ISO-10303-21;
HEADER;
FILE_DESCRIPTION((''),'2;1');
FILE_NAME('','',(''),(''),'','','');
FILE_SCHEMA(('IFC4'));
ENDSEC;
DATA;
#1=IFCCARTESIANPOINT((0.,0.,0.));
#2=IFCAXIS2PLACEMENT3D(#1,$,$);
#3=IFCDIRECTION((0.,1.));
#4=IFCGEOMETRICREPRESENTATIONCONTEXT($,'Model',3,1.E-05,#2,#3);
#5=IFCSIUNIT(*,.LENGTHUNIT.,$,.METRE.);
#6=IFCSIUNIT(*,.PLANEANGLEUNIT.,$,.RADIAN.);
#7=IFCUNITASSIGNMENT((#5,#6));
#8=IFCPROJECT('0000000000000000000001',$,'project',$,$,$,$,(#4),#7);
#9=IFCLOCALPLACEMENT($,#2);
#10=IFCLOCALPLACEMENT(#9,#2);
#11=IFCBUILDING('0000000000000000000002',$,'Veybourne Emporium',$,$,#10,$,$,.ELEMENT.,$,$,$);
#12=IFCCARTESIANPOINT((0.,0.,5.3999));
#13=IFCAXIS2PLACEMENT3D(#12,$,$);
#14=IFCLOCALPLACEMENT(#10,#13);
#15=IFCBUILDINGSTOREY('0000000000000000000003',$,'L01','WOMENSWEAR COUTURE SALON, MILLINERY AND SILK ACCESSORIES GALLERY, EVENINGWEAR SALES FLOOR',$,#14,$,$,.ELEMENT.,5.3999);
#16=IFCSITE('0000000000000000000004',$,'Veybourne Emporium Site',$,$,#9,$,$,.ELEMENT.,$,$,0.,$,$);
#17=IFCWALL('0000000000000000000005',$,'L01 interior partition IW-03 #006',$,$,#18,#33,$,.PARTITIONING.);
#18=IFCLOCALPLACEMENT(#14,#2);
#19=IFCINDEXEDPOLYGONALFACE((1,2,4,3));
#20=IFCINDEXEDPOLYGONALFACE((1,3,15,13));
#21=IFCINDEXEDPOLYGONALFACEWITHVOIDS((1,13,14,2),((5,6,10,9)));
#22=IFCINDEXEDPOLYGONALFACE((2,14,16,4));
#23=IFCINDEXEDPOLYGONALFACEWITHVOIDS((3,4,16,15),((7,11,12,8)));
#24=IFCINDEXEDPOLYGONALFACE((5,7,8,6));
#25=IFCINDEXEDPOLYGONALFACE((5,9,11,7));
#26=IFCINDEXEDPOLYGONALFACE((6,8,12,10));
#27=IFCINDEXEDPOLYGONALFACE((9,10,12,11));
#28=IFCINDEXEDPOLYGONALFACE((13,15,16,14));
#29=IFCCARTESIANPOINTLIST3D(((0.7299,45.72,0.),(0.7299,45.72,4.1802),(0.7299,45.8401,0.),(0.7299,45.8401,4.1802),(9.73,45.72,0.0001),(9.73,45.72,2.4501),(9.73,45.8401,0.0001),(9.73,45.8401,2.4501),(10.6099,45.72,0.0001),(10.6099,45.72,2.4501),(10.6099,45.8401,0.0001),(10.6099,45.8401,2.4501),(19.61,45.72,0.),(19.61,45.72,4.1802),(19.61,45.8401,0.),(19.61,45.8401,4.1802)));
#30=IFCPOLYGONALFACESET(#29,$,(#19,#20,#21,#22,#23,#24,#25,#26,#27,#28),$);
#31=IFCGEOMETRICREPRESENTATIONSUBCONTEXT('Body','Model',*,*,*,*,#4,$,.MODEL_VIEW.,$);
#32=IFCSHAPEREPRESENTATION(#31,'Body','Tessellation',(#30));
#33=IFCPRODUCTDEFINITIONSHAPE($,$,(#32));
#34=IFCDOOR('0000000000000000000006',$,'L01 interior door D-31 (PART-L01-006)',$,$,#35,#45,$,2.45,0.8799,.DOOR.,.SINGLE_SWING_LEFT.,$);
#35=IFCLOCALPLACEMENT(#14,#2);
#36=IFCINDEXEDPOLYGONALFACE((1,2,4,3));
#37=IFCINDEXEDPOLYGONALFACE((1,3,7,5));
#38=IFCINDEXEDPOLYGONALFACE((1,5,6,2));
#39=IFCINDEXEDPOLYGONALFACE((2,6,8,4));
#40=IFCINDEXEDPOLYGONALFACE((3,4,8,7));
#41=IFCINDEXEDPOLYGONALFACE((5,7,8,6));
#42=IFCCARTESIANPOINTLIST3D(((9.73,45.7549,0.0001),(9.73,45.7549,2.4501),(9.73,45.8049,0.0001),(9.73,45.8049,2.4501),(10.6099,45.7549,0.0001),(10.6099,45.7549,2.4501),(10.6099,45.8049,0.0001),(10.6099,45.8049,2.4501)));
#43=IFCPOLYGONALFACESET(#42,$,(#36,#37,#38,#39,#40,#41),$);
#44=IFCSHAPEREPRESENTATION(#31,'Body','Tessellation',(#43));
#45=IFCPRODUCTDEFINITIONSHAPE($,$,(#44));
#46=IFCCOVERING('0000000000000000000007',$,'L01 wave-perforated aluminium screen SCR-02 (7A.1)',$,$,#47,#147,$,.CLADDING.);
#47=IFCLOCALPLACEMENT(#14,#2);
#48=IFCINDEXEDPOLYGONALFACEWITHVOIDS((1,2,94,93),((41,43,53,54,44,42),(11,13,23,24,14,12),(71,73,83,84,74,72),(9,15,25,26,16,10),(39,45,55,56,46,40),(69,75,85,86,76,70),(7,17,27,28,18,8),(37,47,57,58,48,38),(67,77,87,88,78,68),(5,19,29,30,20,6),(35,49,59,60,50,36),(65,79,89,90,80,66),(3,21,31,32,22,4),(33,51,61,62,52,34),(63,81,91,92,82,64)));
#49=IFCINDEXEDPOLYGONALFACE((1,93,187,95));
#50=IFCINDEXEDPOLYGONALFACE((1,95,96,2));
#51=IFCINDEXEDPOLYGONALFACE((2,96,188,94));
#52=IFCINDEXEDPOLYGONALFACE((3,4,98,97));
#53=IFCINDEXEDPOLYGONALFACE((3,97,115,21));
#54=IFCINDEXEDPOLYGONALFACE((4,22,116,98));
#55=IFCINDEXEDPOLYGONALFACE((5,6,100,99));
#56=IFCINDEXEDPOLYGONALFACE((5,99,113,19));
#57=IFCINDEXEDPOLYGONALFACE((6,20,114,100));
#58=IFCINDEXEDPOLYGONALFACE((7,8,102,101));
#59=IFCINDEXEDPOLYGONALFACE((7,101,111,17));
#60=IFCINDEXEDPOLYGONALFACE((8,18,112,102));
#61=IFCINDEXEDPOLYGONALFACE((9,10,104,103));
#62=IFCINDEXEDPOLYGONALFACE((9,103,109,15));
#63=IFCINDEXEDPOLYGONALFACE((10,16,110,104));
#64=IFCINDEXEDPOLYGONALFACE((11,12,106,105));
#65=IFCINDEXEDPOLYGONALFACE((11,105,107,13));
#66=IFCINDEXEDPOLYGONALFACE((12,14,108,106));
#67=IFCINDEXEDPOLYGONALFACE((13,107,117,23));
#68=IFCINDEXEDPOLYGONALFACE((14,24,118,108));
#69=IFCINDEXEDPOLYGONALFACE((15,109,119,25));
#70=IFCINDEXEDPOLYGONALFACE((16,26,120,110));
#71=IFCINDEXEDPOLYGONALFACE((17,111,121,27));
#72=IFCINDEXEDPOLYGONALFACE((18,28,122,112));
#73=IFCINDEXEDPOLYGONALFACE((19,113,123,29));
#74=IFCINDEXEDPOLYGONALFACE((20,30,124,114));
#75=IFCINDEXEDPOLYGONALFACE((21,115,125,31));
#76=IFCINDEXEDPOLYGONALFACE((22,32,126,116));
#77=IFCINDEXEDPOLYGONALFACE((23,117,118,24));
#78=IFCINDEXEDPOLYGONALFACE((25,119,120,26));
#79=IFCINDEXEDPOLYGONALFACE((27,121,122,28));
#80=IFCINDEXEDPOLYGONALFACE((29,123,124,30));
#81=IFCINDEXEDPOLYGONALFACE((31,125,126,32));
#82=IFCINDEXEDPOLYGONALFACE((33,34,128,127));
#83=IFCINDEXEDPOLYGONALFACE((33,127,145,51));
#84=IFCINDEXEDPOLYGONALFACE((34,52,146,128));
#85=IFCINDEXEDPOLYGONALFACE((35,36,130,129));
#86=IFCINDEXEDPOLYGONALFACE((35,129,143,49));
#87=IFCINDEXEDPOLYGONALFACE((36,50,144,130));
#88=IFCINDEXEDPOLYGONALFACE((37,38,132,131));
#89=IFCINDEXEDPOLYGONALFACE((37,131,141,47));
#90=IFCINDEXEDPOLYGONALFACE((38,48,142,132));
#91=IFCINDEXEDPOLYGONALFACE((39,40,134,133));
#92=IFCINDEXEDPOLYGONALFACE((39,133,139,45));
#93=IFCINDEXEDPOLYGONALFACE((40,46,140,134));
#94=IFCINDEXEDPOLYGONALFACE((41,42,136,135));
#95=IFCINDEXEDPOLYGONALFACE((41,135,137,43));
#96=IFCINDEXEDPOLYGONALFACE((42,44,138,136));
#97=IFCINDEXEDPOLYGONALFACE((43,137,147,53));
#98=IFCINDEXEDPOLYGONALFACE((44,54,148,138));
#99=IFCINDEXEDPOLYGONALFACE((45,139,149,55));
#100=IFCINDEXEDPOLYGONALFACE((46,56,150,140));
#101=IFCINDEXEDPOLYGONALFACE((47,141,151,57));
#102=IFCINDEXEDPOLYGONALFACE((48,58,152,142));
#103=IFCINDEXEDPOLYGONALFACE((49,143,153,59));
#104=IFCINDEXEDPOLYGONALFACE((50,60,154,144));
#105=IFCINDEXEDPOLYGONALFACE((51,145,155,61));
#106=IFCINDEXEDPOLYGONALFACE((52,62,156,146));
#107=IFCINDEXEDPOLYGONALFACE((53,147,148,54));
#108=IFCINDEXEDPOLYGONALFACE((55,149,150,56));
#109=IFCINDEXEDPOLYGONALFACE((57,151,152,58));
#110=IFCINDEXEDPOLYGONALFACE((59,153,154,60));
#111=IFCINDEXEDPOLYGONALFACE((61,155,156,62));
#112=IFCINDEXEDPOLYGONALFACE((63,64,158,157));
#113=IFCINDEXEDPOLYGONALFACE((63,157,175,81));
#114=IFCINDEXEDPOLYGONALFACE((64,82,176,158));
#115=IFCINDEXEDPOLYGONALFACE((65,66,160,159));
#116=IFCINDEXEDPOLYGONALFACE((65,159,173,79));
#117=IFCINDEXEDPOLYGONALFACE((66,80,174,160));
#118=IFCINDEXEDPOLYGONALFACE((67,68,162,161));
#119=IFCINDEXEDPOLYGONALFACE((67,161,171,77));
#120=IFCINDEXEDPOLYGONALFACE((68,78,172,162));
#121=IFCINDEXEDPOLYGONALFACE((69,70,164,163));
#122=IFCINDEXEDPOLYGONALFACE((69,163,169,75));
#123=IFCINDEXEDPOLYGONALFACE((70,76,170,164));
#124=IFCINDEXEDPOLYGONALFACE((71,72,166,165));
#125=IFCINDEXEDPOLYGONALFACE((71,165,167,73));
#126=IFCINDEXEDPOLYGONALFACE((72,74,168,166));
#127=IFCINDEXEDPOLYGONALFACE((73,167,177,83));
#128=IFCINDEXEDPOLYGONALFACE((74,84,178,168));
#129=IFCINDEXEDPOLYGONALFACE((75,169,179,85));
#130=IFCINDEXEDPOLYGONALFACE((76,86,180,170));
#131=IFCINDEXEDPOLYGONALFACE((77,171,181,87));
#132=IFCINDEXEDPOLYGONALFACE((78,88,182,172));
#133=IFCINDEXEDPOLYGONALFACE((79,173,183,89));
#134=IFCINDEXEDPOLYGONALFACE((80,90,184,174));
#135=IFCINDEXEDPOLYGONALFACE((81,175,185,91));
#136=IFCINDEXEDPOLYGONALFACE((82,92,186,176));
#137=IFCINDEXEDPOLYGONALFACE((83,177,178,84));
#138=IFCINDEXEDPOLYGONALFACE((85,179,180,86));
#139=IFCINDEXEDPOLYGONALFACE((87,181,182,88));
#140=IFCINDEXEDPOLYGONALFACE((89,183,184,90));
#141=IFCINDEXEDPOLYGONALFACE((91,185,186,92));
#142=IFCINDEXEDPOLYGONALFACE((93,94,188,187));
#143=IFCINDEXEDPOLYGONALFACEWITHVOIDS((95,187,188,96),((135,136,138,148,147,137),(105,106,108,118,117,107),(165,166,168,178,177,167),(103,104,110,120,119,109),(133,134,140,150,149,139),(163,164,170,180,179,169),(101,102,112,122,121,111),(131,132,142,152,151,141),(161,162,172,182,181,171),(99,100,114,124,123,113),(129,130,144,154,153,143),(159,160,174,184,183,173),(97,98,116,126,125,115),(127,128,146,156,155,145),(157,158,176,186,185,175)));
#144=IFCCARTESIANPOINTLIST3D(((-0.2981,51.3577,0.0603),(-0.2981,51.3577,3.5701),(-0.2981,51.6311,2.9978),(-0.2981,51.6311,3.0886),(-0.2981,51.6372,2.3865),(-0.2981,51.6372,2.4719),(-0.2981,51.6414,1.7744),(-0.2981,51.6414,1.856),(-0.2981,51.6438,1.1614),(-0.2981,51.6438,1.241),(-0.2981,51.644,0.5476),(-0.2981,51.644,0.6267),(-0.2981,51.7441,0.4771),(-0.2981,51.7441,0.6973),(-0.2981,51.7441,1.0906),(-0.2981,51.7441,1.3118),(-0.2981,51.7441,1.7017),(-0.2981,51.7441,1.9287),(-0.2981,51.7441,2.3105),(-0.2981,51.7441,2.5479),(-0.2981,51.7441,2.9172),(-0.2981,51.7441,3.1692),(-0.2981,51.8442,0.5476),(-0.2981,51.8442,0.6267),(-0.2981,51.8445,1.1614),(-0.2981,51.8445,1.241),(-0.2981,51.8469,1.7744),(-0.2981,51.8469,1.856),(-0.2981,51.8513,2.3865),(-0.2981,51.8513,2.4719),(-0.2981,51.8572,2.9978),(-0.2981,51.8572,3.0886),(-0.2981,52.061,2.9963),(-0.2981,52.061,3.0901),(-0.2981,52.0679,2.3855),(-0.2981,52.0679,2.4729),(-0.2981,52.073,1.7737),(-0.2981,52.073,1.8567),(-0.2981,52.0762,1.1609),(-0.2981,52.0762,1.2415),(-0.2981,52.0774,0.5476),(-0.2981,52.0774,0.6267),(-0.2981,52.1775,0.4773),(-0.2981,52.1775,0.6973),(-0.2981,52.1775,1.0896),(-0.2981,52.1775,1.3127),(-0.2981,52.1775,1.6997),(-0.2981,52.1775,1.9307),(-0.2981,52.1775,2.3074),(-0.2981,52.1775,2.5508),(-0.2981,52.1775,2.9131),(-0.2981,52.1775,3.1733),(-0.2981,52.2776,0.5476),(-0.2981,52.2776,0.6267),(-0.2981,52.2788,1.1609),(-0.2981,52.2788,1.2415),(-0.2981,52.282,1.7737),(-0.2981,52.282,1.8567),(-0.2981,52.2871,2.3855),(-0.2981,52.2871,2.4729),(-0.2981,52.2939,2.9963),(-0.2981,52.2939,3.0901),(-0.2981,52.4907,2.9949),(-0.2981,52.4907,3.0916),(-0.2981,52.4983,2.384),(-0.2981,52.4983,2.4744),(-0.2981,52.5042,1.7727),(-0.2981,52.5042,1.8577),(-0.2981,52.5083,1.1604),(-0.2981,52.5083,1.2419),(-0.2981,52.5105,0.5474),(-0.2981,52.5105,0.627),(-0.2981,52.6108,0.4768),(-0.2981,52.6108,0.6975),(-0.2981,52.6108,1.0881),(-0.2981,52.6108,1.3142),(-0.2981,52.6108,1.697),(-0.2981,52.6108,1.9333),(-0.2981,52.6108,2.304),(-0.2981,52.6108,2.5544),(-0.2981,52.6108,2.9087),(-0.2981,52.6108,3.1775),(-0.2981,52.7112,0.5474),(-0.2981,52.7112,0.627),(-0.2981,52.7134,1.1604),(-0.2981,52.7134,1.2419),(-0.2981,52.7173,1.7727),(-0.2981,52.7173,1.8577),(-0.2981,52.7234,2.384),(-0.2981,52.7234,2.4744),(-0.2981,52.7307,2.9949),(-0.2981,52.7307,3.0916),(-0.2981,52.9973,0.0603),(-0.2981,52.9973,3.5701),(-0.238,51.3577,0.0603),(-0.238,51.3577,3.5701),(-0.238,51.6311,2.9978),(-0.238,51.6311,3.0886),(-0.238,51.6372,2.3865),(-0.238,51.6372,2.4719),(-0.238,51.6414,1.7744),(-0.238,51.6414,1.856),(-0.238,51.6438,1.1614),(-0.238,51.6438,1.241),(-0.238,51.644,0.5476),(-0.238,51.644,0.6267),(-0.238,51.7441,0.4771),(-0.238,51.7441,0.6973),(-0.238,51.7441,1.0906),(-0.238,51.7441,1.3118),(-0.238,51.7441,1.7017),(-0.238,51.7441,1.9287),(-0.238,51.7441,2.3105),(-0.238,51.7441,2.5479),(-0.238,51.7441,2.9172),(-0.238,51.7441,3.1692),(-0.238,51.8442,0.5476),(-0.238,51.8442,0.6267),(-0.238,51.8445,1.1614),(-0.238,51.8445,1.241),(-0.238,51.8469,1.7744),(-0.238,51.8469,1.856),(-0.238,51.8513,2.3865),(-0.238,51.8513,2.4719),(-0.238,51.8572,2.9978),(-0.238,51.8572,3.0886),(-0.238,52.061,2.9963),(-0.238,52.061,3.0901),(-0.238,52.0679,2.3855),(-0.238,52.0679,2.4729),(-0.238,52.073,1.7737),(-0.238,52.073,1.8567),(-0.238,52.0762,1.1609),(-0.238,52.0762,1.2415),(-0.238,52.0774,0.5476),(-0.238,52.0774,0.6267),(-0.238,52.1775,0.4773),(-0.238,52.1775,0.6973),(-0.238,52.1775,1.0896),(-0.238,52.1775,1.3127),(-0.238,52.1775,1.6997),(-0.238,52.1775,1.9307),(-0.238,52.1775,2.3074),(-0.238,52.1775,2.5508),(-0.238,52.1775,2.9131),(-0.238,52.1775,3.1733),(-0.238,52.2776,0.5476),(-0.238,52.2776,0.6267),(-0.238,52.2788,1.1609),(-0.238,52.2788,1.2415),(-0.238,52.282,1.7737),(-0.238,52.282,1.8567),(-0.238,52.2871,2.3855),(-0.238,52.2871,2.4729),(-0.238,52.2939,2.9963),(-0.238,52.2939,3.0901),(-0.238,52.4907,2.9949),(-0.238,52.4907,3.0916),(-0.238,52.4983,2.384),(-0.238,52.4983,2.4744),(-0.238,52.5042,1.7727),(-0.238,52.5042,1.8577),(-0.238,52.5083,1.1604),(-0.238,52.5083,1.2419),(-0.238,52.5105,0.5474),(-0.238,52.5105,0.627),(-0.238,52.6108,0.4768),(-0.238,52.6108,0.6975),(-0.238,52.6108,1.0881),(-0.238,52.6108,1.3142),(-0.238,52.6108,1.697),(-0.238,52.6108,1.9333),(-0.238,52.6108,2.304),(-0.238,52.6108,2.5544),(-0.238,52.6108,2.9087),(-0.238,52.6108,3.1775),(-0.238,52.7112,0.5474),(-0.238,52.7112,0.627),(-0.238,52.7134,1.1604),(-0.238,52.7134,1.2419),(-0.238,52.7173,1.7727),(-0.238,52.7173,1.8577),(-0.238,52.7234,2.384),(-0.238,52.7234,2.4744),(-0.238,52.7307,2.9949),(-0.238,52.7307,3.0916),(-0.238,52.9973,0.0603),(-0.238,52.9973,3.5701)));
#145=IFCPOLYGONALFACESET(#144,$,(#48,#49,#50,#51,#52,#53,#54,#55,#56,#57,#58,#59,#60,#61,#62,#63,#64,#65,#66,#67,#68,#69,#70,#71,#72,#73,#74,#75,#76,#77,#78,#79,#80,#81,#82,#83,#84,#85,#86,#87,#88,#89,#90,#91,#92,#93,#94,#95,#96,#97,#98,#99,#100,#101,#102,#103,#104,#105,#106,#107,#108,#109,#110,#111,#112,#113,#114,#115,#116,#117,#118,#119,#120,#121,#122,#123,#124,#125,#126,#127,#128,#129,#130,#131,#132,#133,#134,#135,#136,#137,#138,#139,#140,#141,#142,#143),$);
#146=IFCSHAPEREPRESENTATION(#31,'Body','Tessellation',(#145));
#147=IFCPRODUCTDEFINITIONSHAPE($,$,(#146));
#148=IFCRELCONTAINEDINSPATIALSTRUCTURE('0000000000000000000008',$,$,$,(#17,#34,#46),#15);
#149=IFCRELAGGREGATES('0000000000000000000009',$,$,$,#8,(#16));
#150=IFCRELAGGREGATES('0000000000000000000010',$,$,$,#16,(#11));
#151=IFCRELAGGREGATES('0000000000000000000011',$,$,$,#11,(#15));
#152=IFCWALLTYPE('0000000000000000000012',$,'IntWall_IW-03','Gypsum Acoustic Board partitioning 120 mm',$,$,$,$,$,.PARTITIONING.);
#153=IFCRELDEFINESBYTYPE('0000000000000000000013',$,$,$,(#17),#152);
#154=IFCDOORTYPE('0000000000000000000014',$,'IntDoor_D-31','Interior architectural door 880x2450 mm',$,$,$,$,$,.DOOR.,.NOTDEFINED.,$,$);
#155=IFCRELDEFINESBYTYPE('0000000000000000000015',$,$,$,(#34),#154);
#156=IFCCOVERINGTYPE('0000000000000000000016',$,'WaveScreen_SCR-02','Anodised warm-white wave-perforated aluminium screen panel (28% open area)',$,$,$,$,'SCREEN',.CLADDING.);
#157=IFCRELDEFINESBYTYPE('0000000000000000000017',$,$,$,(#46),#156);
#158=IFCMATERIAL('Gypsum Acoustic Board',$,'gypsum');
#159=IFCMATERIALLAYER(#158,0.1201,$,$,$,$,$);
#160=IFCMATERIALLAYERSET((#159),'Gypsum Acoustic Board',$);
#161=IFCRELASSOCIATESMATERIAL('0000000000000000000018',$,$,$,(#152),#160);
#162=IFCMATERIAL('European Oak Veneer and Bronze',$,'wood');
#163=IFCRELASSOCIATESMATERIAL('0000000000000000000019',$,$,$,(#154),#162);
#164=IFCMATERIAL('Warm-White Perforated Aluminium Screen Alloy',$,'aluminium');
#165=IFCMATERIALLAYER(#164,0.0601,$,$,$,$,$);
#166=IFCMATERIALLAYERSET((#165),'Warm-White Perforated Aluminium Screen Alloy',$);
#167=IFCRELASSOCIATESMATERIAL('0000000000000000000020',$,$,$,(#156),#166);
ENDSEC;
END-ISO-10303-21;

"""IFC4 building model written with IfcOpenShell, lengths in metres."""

from ifc_helpers import new_model, si_unit, direction, frame, frame_2d, origin, place, context, subcontext, project, spatial, polyline, rectangle, outline, extrude, material, layer, layer_set, type_object, element, fill, save


model = new_model("IFC4")

# Units and contexts
model_context = context("Model", 3, precision=1e-05, world=origin(), true_north=direction((0.0, 1.0)))
body_context = subcontext(model_context, "Body", "Model", "MODEL_VIEW")
ifc_project = project(units=[si_unit("LENGTHUNIT", "METRE"), si_unit("PLANEANGLEUNIT", "RADIAN")], contexts=[model_context])

# Site, building, storey
site_placement = place(None, origin())
site = spatial("IfcSite", under=ifc_project, at=site_placement, Name="Veybourne Emporium Site", CompositionType="ELEMENT", RefElevation=0.0)
building_placement = place(site_placement, origin())
building = spatial("IfcBuilding", under=site, at=building_placement, Name="Veybourne Emporium", CompositionType="ELEMENT")
storey_placement = place(building_placement, frame((0.0, 0.0, 5.3999)))
storey = spatial("IfcBuildingStorey", under=building, at=storey_placement, Name="L01", Description="WOMENSWEAR COUTURE SALON, MILLINERY AND SILK ACCESSORIES GALLERY, EVENINGWEAR SALES FLOOR", CompositionType="ELEMENT", Elevation=5.3999)

# Shared definitions
ifc_material_1 = material(Name="Gypsum Acoustic Board", Category="gypsum")

# Wall, opening, door
ifc_layer_1 = layer(ifc_material_1, 0.1201)
ifc_layer_set_1 = layer_set([ifc_layer_1], Name="Gypsum Acoustic Board")
wall_type_1 = type_object("IfcWallType", Name="IntWall_IW-03", Description="Gypsum Acoustic Board partitioning 120 mm", PredefinedType="PARTITIONING", material=ifc_layer_set_1)
wall_1_placement = place(storey_placement, frame((0.73, 45.78, 0.0), z_axis=(0.0, 0.0, 1.0), x_axis=(1.0, 0.0, 0.0)))
wall_1 = element("IfcWall", 1, at=wall_1_placement, inside=storey, type_object=wall_type_1, Name="L01 interior partition IW-03 #006", PredefinedType="PARTITIONING", context=body_context, shape_type="SweptSolid", body=[
    extrude(rectangle(XDim=18.8801, YDim=0.1201, at=frame_2d((9.4399, 0.0))), origin(), (0.0, 0.0, 1.0), 4.1802),
])
opening_1_placement = place(wall_1_placement, frame((9.0, 0.0, 0.0)))
opening_1 = element("IfcOpeningElement", 2, at=opening_1_placement, cuts=wall_1, PredefinedType="OPENING", context=body_context, shape_type="SweptSolid", body=[
    extrude(rectangle(XDim=0.8799, YDim=2.45, at=frame_2d((0.4399, 1.2251))), frame((0.0, 0.0801, 0.0), z_axis=(0.0, -1.0, 0.0), x_axis=(1.0, 0.0, 0.0)), (0.0, 0.0, 1.0), 0.1602),
])
ifc_material_2 = material(Name="European Oak Veneer and Bronze", Category="wood")
door_type = type_object("IfcDoorType", Name="IntDoor_D-31", Description="Interior architectural door 880x2450 mm", OperationType="NOTDEFINED", PredefinedType="DOOR", material=ifc_material_2)
door_placement = place(opening_1_placement, origin())
door = element("IfcDoor", 3, at=door_placement, inside=storey, type_object=door_type, Name="L01 interior door D-31 (PART-L01-006)", OperationType="SINGLE_SWING_LEFT", OverallHeight=2.45, OverallWidth=0.8799, PredefinedType="DOOR", context=body_context, shape_type="SweptSolid", body=[
    extrude(rectangle(XDim=0.8799, YDim=2.45, at=frame_2d((0.4399, 1.2251))), frame((0.0, 0.0249, 0.0), z_axis=(0.0, -1.0, 0.0), x_axis=(1.0, 0.0, 0.0)), (0.0, 0.0, 1.0), 0.05),
])
fill(opening_1, door)

# Covering
ifc_material_3 = material(Name="Warm-White Perforated Aluminium Screen Alloy", Category="aluminium")
ifc_layer_2 = layer(ifc_material_3, 0.0601)
ifc_layer_set_2 = layer_set([ifc_layer_2], Name="Warm-White Perforated Aluminium Screen Alloy")
covering_type_1 = type_object("IfcCoveringType", Name="WaveScreen_SCR-02", Description="Anodised warm-white wave-perforated aluminium screen panel (28% open area)", ElementType="SCREEN", PredefinedType="CLADDING", material=ifc_layer_set_2)
covering_1_placement = place(storey_placement, frame((-0.2981, 52.1775, 1.8152), z_axis=(1.0, 0.0, 0.0), x_axis=(0.0, 1.0, 0.0)))
element("IfcCovering", 4, at=covering_1_placement, inside=storey, type_object=covering_type_1, Name="L01 wave-perforated aluminium screen SCR-02 (7A.1)", PredefinedType="CLADDING", context=body_context, shape_type="SweptSolid", body=[
    extrude(outline(polyline([(-0.8198, -1.7549), (0.8198, -1.7549), (0.8198, 1.7549), (-0.8198, 1.7549), (-0.8198, -1.7549)]), holes=[polyline([(-0.4333, -1.1179), (-0.3333, -1.1885), (-0.3333, -1.2676), (-0.4333, -1.3381), (-0.5334, -1.2676), (-0.5334, -1.1885), (-0.4333, -1.1179)]), polyline([(-0.4333, -0.5034), (-0.333, -0.5742), (-0.333, -0.6538), (-0.4333, -0.7246), (-0.5337, -0.6538), (-0.5337, -0.5742), (-0.4333, -0.5034)]), polyline([(-0.4333, 0.1135), (-0.3306, 0.0408), (-0.3306, -0.0408), (-0.4333, -0.1135), (-0.5361, -0.0408), (-0.5361, 0.0408), (-0.4333, 0.1135)]), polyline([(-0.4333, 0.7327), (-0.3262, 0.6567), (-0.3262, 0.5713), (-0.4333, 0.4954), (-0.5403, 0.5713), (-0.5403, 0.6567), (-0.4333, 0.7327)]), polyline([(-0.4333, 1.354), (-0.3203, 1.2734), (-0.3203, 1.1826), (-0.4333, 1.1021), (-0.5464, 1.1826), (-0.5464, 1.2734), (-0.4333, 1.354)]), polyline([(0.0, -1.1179), (0.1001, -1.1885), (0.1001, -1.2676), (0.0, -1.3379), (-0.1001, -1.2676), (-0.1001, -1.1885), (0.0, -1.1179)]), polyline([(0.0, -0.5024), (0.1013, -0.5737), (0.1013, -0.6543), (0.0, -0.7256), (-0.1013, -0.6543), (-0.1013, -0.5737), (0.0, -0.5024)]), polyline([(0.0, 0.1155), (0.1045, 0.0415), (0.1045, -0.0415), (0.0, -0.1155), (-0.1045, -0.0415), (-0.1045, 0.0415), (0.0, 0.1155)]), polyline([(0.0, 0.7356), (0.1096, 0.6577), (0.1096, 0.5703), (0.0, 0.4922), (-0.1096, 0.5703), (-0.1096, 0.6577), (0.0, 0.7356)]), polyline([(0.0, 1.3582), (0.1165, 1.2749), (0.1165, 1.1812), (0.0, 1.0979), (-0.1165, 1.1812), (-0.1165, 1.2749), (0.0, 1.3582)]), polyline([(0.4333, -1.1177), (0.5337, -1.1882), (0.5337, -1.2678), (0.4333, -1.3384), (0.333, -1.2678), (0.333, -1.1882), (0.4333, -1.1177)]), polyline([(0.4333, -0.501), (0.5359, -0.5732), (0.5359, -0.6548), (0.4333, -0.7271), (0.3308, -0.6548), (0.3308, -0.5732), (0.4333, -0.501)]), polyline([(0.4333, 0.1182), (0.5398, 0.0425), (0.5398, -0.0425), (0.4333, -0.1182), (0.3267, -0.0425), (0.3267, 0.0425), (0.4333, 0.1182)]), polyline([(0.4333, 0.7393), (0.5459, 0.6592), (0.5459, 0.5688), (0.4333, 0.4888), (0.3208, 0.5688), (0.3208, 0.6592), (0.4333, 0.7393)]), polyline([(0.4333, 1.3623), (0.5532, 1.2764), (0.5532, 1.1797), (0.4333, 1.0935), (0.3132, 1.1797), (0.3132, 1.2764), (0.4333, 1.3623)])]), origin(), (0.0, 0.0, 1.0), 0.0601),
])

save(model, "model.ifc")
